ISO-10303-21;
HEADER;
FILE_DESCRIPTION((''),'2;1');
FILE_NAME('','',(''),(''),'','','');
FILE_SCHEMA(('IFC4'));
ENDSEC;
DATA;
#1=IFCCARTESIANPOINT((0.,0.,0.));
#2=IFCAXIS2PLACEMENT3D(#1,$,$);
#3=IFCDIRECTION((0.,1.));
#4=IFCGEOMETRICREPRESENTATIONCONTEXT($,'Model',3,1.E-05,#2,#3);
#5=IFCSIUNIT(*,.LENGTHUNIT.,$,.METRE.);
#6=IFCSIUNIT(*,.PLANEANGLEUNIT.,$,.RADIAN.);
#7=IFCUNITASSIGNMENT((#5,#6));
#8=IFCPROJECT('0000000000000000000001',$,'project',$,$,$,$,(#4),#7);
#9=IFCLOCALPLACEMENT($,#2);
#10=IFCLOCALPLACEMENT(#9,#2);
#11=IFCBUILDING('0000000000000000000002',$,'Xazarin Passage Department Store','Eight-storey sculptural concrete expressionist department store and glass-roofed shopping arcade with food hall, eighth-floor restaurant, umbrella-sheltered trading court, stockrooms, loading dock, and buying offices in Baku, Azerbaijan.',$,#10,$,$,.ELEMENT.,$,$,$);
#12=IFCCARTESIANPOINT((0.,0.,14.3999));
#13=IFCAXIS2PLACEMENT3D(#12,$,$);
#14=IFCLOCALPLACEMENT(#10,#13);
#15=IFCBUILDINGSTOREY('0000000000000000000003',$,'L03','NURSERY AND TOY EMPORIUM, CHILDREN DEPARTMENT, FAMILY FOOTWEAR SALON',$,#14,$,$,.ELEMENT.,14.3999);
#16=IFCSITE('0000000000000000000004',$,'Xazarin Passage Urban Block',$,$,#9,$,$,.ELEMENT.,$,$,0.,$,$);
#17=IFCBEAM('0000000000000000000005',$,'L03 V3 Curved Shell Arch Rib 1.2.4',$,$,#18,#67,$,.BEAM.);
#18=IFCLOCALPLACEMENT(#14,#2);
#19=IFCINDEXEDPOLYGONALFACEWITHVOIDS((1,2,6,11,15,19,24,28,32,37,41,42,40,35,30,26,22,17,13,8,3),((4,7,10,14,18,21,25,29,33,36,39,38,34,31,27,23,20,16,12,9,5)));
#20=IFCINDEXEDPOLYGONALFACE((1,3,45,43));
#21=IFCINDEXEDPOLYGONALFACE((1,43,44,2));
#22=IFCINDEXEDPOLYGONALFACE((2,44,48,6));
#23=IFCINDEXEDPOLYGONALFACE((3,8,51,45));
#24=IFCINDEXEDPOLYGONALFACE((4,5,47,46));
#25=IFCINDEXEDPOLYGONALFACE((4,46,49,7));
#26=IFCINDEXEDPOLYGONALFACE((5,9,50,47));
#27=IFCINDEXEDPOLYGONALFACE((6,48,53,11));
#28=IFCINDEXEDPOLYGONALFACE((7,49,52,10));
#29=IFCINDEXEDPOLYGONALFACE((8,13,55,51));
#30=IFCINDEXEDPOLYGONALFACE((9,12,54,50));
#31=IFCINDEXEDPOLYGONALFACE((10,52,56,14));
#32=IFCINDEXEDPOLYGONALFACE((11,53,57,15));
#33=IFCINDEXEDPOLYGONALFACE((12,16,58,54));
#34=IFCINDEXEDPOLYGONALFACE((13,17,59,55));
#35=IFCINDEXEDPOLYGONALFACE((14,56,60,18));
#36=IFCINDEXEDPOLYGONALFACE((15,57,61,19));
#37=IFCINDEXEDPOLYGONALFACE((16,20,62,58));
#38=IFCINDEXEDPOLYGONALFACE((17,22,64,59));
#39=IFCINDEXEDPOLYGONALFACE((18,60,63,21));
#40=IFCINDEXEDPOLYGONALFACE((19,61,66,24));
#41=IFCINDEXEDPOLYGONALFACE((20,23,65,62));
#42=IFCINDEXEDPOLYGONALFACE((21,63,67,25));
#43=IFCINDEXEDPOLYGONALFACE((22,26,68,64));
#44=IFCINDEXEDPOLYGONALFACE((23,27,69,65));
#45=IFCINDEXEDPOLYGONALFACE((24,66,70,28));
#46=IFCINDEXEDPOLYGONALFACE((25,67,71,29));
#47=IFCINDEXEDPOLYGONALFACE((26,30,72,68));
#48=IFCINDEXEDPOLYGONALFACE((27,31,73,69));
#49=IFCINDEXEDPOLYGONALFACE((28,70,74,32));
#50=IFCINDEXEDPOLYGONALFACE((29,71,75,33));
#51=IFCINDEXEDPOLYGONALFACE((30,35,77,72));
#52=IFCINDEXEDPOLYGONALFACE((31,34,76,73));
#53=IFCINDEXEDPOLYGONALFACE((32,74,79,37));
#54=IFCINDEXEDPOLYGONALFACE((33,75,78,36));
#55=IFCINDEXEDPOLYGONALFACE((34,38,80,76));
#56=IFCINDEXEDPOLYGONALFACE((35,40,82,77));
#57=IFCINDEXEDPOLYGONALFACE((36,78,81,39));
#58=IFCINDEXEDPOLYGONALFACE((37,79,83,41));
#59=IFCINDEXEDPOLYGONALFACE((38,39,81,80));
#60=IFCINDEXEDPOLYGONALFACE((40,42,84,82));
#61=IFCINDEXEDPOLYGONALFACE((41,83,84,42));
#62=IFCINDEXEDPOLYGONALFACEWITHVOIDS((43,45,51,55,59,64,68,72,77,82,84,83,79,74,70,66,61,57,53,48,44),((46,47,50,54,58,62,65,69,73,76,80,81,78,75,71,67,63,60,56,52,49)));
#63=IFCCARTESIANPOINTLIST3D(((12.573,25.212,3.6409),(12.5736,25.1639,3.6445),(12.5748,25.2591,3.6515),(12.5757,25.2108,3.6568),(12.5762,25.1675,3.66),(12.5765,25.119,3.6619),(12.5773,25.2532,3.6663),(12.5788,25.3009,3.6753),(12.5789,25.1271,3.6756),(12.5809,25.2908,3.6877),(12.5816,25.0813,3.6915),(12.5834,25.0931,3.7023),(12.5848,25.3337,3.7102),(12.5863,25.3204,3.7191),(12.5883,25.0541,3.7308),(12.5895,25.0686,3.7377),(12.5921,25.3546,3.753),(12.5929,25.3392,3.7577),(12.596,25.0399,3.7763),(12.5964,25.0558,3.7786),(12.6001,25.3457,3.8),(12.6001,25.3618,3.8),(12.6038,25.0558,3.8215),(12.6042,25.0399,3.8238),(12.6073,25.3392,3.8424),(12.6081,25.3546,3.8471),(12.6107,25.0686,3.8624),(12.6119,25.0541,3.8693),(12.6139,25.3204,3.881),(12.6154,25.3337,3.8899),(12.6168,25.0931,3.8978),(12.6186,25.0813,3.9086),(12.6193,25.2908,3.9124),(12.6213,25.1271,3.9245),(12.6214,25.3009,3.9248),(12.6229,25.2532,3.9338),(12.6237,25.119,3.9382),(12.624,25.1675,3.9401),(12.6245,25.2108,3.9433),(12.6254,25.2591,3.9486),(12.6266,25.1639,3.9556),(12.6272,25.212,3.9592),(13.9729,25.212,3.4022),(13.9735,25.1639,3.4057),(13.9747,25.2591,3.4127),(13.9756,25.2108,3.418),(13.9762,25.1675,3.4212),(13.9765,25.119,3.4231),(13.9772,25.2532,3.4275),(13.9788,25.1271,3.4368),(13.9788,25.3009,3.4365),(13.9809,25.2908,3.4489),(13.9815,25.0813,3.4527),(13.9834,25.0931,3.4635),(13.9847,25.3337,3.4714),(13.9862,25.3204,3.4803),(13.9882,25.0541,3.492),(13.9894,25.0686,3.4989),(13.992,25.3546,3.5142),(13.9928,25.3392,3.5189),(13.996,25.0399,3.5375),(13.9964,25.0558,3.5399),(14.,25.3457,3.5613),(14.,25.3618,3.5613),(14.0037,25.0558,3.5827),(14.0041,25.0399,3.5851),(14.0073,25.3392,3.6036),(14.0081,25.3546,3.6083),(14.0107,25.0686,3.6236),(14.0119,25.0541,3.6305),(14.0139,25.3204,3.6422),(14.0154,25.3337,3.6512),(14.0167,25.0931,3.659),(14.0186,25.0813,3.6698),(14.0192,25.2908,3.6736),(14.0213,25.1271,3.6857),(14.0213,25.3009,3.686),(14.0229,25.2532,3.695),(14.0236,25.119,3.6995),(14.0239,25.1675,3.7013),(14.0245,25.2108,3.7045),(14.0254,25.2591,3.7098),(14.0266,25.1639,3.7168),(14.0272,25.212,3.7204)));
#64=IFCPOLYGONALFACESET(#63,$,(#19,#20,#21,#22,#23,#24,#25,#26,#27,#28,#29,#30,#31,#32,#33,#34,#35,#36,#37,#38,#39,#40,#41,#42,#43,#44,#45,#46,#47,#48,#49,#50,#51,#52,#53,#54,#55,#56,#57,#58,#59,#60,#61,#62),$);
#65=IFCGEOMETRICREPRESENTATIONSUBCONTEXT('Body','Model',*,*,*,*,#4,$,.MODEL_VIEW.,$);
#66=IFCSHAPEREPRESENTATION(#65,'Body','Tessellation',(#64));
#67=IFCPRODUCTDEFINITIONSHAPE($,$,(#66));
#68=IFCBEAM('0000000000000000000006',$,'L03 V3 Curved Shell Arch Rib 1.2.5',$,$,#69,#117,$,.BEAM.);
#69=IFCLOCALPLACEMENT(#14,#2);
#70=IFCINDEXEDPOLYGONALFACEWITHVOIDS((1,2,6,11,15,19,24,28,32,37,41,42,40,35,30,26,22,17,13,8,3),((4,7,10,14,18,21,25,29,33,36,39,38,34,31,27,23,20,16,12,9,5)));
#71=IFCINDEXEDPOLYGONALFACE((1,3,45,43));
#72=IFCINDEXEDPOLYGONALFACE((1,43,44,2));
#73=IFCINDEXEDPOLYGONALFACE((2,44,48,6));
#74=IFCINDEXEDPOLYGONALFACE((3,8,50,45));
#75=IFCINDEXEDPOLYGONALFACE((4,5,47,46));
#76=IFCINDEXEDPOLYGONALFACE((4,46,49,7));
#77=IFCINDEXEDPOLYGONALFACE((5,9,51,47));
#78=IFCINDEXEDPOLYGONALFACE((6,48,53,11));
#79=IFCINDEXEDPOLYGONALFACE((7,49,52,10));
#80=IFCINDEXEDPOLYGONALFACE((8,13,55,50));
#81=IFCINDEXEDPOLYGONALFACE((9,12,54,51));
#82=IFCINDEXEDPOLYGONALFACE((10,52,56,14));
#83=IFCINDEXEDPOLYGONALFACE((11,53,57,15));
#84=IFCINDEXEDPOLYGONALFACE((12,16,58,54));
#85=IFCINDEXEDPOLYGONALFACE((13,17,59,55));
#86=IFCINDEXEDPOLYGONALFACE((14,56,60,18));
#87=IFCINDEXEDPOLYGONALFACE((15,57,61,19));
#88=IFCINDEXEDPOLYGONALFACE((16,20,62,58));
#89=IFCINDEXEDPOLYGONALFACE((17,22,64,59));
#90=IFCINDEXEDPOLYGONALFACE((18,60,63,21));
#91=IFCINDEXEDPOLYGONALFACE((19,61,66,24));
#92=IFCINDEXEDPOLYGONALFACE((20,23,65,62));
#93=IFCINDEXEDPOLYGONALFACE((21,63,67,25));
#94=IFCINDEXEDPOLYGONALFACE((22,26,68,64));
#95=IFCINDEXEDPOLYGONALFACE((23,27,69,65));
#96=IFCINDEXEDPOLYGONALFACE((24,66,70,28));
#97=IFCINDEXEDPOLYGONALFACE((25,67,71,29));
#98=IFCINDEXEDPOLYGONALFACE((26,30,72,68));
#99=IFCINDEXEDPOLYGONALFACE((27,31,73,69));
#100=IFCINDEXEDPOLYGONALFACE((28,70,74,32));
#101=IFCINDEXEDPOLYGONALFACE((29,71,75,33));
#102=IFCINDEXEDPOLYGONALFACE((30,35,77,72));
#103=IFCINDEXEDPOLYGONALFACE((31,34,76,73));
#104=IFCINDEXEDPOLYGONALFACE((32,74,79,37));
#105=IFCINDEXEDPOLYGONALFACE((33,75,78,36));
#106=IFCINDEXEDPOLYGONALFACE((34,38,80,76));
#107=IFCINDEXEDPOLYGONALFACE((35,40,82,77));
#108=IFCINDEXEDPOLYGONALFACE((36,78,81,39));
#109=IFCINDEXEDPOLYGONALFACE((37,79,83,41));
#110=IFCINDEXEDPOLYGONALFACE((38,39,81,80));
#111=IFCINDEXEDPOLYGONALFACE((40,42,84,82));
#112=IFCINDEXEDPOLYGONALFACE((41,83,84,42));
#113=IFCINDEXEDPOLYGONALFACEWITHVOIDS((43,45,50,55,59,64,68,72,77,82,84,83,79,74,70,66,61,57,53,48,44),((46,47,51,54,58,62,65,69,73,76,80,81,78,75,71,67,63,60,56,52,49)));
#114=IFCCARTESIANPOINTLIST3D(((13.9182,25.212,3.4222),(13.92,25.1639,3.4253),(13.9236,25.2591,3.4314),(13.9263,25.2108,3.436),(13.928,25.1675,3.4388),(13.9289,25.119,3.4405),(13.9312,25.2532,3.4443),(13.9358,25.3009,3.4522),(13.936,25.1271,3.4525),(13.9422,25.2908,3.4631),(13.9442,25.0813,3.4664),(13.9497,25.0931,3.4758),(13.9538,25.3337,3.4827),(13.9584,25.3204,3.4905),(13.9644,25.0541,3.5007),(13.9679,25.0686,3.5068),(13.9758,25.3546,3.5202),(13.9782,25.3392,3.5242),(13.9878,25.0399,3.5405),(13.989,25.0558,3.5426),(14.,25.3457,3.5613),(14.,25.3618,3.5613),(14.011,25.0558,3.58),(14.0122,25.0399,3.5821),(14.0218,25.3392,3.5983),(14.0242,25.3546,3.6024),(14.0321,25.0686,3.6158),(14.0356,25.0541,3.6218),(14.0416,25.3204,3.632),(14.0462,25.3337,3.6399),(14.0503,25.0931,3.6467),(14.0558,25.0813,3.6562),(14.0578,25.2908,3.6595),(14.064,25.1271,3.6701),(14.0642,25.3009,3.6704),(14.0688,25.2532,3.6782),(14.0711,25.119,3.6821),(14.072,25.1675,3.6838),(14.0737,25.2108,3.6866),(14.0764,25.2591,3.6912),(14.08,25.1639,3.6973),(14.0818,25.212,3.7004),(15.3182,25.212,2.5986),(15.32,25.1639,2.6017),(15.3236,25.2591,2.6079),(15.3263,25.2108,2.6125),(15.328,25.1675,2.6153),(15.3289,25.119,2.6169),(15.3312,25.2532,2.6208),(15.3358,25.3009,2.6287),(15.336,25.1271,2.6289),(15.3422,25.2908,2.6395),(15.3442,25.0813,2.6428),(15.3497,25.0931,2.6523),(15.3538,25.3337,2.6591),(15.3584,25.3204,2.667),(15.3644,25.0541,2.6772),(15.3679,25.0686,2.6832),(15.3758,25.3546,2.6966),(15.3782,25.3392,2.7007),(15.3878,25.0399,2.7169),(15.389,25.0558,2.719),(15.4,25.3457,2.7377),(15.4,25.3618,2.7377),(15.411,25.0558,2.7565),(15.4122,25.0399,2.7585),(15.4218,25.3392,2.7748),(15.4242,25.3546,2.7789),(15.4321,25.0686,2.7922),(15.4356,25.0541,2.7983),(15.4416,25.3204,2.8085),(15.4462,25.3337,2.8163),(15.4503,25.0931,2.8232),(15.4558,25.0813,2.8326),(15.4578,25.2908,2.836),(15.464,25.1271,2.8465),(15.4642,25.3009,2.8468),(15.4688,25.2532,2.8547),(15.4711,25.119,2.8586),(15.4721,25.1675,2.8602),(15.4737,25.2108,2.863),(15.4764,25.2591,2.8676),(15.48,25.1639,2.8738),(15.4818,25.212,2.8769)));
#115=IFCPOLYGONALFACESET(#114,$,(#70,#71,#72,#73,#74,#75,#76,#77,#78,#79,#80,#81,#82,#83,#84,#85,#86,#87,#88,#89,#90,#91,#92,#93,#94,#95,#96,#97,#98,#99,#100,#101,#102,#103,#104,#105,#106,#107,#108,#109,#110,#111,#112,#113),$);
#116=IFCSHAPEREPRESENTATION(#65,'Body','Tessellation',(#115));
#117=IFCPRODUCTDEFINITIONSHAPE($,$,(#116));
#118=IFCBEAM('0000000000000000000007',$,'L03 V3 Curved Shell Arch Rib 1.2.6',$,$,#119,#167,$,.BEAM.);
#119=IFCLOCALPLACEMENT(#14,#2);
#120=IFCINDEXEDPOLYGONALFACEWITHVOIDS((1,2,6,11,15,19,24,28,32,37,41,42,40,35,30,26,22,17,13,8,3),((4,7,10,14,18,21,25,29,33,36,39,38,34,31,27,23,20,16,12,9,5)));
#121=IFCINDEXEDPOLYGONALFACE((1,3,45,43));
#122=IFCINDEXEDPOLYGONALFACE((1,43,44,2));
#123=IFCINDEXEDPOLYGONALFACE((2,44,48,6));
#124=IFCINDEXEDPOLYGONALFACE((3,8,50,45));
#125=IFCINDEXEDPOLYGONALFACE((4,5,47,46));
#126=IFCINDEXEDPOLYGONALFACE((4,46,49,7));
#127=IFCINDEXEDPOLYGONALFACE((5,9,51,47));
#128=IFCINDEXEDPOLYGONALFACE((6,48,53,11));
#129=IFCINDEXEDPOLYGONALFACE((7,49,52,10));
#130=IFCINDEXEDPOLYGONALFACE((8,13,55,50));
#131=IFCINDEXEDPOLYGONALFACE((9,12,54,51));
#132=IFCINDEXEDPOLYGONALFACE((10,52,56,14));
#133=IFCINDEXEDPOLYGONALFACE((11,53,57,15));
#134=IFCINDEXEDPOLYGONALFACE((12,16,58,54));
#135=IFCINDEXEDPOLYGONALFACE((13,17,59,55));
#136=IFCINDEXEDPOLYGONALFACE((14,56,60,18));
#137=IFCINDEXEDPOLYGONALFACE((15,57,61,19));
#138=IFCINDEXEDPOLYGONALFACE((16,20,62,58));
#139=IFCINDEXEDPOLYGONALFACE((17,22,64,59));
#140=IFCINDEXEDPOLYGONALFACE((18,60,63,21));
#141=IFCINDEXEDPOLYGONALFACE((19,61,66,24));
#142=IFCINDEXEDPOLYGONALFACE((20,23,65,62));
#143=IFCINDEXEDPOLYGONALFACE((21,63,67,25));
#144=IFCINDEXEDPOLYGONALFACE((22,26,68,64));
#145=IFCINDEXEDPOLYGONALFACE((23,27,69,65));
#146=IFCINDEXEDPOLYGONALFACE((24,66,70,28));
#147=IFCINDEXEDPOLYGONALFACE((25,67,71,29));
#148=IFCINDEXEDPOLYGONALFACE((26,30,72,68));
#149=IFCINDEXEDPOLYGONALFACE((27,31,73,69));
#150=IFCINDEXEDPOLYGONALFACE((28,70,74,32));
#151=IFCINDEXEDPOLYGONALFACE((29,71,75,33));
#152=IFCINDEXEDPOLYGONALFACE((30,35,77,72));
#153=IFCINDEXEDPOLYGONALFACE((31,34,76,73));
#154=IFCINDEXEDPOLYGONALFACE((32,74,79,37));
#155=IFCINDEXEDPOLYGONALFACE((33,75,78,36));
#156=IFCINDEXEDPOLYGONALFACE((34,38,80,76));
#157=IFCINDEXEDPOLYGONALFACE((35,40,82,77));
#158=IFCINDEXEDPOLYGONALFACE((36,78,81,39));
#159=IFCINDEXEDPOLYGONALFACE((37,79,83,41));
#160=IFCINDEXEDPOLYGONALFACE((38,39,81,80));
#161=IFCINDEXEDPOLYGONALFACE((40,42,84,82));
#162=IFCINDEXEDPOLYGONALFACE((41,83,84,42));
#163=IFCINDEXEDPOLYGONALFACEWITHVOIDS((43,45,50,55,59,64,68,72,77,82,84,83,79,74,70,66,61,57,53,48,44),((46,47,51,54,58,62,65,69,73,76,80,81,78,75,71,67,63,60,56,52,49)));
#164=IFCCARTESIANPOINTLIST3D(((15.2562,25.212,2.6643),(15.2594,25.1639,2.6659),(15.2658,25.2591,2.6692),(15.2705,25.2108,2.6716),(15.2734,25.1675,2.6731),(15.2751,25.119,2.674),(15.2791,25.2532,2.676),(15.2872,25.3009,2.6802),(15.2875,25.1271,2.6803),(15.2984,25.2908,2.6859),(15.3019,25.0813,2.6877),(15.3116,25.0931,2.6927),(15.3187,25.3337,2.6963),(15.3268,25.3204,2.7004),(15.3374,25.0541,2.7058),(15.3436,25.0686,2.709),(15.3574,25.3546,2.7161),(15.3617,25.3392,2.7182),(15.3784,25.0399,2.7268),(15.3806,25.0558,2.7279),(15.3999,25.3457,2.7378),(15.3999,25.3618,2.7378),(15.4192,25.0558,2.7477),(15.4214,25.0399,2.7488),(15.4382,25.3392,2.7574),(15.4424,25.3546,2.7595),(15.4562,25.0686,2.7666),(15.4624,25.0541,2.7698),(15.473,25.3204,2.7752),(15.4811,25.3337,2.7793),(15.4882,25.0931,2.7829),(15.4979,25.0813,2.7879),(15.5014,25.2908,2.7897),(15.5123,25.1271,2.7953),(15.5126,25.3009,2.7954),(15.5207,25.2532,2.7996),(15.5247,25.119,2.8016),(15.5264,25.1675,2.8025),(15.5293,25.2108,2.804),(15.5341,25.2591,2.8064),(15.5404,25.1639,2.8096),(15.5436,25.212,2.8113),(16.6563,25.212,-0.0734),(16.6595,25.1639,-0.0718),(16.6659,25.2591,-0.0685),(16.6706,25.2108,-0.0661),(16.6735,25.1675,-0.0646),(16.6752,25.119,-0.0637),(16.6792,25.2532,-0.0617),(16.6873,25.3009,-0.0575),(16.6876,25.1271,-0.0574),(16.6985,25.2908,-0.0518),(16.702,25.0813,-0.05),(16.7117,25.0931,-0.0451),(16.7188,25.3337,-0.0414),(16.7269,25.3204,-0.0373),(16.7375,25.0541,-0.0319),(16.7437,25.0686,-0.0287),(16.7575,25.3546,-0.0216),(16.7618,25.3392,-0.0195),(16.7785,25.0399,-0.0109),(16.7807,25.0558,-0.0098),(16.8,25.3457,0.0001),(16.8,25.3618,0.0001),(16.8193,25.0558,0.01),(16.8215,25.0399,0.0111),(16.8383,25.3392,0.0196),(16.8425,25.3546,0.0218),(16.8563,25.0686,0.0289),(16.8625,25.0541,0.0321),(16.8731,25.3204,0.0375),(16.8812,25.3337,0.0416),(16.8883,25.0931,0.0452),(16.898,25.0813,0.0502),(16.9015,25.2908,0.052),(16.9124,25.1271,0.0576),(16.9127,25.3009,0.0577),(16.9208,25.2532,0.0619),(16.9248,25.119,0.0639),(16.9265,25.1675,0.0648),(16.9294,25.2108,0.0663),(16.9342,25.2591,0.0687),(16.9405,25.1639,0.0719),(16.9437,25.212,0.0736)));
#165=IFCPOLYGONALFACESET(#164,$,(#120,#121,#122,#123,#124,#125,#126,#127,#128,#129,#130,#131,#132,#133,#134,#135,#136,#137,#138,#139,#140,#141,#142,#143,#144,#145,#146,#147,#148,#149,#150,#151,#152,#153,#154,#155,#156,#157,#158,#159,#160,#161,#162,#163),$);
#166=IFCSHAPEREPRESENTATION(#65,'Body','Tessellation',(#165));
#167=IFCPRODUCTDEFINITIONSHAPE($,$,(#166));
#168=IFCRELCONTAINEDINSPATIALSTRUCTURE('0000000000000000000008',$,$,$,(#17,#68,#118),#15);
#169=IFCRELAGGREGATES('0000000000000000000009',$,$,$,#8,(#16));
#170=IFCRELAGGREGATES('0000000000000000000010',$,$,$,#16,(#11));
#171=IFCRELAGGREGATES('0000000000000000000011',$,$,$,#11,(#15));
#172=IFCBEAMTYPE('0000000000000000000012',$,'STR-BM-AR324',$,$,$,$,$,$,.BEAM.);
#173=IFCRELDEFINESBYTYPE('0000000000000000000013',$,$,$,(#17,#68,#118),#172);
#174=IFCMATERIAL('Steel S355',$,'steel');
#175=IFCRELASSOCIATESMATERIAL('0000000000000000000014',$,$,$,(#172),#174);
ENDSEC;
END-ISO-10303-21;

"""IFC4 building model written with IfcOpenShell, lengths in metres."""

from ifc_helpers import new_model, si_unit, direction, frame, origin, origin_2d, place, context, subcontext, project, spatial, hollow_circle, extrude, material, material_profile, profile_set, type_object, element, save


model = new_model("IFC4")

# Units and contexts
model_context = context("Model", 3, precision=1e-05, world=origin(), true_north=direction((0.0, 1.0)))
body_context = subcontext(model_context, "Body", "Model", "MODEL_VIEW")
ifc_project = project(units=[si_unit("LENGTHUNIT", "METRE"), si_unit("PLANEANGLEUNIT", "RADIAN")], contexts=[model_context])

# Site, building, storey
site_placement = place(None, origin())
site = spatial("IfcSite", under=ifc_project, at=site_placement, Name="Xazarin Passage Urban Block", CompositionType="ELEMENT", RefElevation=0.0)
building_placement = place(site_placement, origin())
building = spatial("IfcBuilding", under=site, at=building_placement, Name="Xazarin Passage Department Store", Description="Eight-storey sculptural concrete expressionist department store and glass-roofed shopping arcade with food hall, eighth-floor restaurant, umbrella-sheltered trading court, stockrooms, loading dock, and buying offices in Baku, Azerbaijan.", CompositionType="ELEMENT")
storey_placement = place(building_placement, frame((0.0, 0.0, 14.3999)))
storey = spatial("IfcBuildingStorey", under=building, at=storey_placement, Name="L03", Description="NURSERY AND TOY EMPORIUM, CHILDREN DEPARTMENT, FAMILY FOOTWEAR SALON", CompositionType="ELEMENT", Elevation=14.3999)

# Beams
ifc_material_1 = material(Name="Steel S355", Category="steel")
ifc_material_profile_1 = material_profile(ifc_material_1, hollow_circle(Radius=0.1619, WallThickness=0.0161, at=origin_2d()), Name="CHS 323.9x16")
ifc_profile_set_1 = profile_set([ifc_material_profile_1], Name="Steel S355")
beam_type_1 = type_object("IfcBeamType", Name="STR-BM-AR324", PredefinedType="BEAM", material=ifc_profile_set_1)
beam_1_placement = place(storey_placement, frame((12.6001, 25.2, 3.8), z_axis=(0.985764, 0.0, -0.168133), x_axis=(0.0, 1.0, 0.0)))
element("IfcBeam", 1, at=beam_1_placement, inside=storey, type_object=beam_type_1, Name="L03 V3 Curved Shell Arch Rib 1.2.4", PredefinedType="BEAM", context=body_context, shape_type="SweptSolid", body=[
    extrude(hollow_circle(Radius=0.1619, WallThickness=0.0161, at=origin_2d()), origin(), (0.0, 0.0, 1.0), 1.4202),
])
beam_2_placement = place(storey_placement, frame((14.0, 25.2, 3.5613), z_axis=(0.86193, 0.0, -0.507027), x_axis=(0.0, 1.0, 0.0)))
element("IfcBeam", 2, at=beam_2_placement, inside=storey, type_object=beam_type_1, Name="L03 V3 Curved Shell Arch Rib 1.2.5", PredefinedType="BEAM", context=body_context, shape_type="SweptSolid", body=[
    extrude(hollow_circle(Radius=0.1619, WallThickness=0.0161, at=origin_2d()), origin(), (0.0, 0.0, 1.0), 1.6243),
])
for number, where, z_axis, x_axis, name in (
    (3, (15.3999, 25.2, 2.7378), (0.455325, 0.0, -0.890325), (0.0, 1.0, 0.0), "L03 V3 Curved Shell Arch Rib 1.2.6"),
):
    element("IfcBeam", number, at=place(storey_placement, frame(where, z_axis=z_axis, x_axis=x_axis)), inside=storey, type_object=beam_type_1, Name=name, PredefinedType="BEAM", context=body_context, shape_type="SweptSolid", body=[
        extrude(hollow_circle(Radius=0.1619, WallThickness=0.0161, at=origin_2d()), origin(), (0.0, 0.0, 1.0), 3.075),
    ])

save(model, "model.ifc")
